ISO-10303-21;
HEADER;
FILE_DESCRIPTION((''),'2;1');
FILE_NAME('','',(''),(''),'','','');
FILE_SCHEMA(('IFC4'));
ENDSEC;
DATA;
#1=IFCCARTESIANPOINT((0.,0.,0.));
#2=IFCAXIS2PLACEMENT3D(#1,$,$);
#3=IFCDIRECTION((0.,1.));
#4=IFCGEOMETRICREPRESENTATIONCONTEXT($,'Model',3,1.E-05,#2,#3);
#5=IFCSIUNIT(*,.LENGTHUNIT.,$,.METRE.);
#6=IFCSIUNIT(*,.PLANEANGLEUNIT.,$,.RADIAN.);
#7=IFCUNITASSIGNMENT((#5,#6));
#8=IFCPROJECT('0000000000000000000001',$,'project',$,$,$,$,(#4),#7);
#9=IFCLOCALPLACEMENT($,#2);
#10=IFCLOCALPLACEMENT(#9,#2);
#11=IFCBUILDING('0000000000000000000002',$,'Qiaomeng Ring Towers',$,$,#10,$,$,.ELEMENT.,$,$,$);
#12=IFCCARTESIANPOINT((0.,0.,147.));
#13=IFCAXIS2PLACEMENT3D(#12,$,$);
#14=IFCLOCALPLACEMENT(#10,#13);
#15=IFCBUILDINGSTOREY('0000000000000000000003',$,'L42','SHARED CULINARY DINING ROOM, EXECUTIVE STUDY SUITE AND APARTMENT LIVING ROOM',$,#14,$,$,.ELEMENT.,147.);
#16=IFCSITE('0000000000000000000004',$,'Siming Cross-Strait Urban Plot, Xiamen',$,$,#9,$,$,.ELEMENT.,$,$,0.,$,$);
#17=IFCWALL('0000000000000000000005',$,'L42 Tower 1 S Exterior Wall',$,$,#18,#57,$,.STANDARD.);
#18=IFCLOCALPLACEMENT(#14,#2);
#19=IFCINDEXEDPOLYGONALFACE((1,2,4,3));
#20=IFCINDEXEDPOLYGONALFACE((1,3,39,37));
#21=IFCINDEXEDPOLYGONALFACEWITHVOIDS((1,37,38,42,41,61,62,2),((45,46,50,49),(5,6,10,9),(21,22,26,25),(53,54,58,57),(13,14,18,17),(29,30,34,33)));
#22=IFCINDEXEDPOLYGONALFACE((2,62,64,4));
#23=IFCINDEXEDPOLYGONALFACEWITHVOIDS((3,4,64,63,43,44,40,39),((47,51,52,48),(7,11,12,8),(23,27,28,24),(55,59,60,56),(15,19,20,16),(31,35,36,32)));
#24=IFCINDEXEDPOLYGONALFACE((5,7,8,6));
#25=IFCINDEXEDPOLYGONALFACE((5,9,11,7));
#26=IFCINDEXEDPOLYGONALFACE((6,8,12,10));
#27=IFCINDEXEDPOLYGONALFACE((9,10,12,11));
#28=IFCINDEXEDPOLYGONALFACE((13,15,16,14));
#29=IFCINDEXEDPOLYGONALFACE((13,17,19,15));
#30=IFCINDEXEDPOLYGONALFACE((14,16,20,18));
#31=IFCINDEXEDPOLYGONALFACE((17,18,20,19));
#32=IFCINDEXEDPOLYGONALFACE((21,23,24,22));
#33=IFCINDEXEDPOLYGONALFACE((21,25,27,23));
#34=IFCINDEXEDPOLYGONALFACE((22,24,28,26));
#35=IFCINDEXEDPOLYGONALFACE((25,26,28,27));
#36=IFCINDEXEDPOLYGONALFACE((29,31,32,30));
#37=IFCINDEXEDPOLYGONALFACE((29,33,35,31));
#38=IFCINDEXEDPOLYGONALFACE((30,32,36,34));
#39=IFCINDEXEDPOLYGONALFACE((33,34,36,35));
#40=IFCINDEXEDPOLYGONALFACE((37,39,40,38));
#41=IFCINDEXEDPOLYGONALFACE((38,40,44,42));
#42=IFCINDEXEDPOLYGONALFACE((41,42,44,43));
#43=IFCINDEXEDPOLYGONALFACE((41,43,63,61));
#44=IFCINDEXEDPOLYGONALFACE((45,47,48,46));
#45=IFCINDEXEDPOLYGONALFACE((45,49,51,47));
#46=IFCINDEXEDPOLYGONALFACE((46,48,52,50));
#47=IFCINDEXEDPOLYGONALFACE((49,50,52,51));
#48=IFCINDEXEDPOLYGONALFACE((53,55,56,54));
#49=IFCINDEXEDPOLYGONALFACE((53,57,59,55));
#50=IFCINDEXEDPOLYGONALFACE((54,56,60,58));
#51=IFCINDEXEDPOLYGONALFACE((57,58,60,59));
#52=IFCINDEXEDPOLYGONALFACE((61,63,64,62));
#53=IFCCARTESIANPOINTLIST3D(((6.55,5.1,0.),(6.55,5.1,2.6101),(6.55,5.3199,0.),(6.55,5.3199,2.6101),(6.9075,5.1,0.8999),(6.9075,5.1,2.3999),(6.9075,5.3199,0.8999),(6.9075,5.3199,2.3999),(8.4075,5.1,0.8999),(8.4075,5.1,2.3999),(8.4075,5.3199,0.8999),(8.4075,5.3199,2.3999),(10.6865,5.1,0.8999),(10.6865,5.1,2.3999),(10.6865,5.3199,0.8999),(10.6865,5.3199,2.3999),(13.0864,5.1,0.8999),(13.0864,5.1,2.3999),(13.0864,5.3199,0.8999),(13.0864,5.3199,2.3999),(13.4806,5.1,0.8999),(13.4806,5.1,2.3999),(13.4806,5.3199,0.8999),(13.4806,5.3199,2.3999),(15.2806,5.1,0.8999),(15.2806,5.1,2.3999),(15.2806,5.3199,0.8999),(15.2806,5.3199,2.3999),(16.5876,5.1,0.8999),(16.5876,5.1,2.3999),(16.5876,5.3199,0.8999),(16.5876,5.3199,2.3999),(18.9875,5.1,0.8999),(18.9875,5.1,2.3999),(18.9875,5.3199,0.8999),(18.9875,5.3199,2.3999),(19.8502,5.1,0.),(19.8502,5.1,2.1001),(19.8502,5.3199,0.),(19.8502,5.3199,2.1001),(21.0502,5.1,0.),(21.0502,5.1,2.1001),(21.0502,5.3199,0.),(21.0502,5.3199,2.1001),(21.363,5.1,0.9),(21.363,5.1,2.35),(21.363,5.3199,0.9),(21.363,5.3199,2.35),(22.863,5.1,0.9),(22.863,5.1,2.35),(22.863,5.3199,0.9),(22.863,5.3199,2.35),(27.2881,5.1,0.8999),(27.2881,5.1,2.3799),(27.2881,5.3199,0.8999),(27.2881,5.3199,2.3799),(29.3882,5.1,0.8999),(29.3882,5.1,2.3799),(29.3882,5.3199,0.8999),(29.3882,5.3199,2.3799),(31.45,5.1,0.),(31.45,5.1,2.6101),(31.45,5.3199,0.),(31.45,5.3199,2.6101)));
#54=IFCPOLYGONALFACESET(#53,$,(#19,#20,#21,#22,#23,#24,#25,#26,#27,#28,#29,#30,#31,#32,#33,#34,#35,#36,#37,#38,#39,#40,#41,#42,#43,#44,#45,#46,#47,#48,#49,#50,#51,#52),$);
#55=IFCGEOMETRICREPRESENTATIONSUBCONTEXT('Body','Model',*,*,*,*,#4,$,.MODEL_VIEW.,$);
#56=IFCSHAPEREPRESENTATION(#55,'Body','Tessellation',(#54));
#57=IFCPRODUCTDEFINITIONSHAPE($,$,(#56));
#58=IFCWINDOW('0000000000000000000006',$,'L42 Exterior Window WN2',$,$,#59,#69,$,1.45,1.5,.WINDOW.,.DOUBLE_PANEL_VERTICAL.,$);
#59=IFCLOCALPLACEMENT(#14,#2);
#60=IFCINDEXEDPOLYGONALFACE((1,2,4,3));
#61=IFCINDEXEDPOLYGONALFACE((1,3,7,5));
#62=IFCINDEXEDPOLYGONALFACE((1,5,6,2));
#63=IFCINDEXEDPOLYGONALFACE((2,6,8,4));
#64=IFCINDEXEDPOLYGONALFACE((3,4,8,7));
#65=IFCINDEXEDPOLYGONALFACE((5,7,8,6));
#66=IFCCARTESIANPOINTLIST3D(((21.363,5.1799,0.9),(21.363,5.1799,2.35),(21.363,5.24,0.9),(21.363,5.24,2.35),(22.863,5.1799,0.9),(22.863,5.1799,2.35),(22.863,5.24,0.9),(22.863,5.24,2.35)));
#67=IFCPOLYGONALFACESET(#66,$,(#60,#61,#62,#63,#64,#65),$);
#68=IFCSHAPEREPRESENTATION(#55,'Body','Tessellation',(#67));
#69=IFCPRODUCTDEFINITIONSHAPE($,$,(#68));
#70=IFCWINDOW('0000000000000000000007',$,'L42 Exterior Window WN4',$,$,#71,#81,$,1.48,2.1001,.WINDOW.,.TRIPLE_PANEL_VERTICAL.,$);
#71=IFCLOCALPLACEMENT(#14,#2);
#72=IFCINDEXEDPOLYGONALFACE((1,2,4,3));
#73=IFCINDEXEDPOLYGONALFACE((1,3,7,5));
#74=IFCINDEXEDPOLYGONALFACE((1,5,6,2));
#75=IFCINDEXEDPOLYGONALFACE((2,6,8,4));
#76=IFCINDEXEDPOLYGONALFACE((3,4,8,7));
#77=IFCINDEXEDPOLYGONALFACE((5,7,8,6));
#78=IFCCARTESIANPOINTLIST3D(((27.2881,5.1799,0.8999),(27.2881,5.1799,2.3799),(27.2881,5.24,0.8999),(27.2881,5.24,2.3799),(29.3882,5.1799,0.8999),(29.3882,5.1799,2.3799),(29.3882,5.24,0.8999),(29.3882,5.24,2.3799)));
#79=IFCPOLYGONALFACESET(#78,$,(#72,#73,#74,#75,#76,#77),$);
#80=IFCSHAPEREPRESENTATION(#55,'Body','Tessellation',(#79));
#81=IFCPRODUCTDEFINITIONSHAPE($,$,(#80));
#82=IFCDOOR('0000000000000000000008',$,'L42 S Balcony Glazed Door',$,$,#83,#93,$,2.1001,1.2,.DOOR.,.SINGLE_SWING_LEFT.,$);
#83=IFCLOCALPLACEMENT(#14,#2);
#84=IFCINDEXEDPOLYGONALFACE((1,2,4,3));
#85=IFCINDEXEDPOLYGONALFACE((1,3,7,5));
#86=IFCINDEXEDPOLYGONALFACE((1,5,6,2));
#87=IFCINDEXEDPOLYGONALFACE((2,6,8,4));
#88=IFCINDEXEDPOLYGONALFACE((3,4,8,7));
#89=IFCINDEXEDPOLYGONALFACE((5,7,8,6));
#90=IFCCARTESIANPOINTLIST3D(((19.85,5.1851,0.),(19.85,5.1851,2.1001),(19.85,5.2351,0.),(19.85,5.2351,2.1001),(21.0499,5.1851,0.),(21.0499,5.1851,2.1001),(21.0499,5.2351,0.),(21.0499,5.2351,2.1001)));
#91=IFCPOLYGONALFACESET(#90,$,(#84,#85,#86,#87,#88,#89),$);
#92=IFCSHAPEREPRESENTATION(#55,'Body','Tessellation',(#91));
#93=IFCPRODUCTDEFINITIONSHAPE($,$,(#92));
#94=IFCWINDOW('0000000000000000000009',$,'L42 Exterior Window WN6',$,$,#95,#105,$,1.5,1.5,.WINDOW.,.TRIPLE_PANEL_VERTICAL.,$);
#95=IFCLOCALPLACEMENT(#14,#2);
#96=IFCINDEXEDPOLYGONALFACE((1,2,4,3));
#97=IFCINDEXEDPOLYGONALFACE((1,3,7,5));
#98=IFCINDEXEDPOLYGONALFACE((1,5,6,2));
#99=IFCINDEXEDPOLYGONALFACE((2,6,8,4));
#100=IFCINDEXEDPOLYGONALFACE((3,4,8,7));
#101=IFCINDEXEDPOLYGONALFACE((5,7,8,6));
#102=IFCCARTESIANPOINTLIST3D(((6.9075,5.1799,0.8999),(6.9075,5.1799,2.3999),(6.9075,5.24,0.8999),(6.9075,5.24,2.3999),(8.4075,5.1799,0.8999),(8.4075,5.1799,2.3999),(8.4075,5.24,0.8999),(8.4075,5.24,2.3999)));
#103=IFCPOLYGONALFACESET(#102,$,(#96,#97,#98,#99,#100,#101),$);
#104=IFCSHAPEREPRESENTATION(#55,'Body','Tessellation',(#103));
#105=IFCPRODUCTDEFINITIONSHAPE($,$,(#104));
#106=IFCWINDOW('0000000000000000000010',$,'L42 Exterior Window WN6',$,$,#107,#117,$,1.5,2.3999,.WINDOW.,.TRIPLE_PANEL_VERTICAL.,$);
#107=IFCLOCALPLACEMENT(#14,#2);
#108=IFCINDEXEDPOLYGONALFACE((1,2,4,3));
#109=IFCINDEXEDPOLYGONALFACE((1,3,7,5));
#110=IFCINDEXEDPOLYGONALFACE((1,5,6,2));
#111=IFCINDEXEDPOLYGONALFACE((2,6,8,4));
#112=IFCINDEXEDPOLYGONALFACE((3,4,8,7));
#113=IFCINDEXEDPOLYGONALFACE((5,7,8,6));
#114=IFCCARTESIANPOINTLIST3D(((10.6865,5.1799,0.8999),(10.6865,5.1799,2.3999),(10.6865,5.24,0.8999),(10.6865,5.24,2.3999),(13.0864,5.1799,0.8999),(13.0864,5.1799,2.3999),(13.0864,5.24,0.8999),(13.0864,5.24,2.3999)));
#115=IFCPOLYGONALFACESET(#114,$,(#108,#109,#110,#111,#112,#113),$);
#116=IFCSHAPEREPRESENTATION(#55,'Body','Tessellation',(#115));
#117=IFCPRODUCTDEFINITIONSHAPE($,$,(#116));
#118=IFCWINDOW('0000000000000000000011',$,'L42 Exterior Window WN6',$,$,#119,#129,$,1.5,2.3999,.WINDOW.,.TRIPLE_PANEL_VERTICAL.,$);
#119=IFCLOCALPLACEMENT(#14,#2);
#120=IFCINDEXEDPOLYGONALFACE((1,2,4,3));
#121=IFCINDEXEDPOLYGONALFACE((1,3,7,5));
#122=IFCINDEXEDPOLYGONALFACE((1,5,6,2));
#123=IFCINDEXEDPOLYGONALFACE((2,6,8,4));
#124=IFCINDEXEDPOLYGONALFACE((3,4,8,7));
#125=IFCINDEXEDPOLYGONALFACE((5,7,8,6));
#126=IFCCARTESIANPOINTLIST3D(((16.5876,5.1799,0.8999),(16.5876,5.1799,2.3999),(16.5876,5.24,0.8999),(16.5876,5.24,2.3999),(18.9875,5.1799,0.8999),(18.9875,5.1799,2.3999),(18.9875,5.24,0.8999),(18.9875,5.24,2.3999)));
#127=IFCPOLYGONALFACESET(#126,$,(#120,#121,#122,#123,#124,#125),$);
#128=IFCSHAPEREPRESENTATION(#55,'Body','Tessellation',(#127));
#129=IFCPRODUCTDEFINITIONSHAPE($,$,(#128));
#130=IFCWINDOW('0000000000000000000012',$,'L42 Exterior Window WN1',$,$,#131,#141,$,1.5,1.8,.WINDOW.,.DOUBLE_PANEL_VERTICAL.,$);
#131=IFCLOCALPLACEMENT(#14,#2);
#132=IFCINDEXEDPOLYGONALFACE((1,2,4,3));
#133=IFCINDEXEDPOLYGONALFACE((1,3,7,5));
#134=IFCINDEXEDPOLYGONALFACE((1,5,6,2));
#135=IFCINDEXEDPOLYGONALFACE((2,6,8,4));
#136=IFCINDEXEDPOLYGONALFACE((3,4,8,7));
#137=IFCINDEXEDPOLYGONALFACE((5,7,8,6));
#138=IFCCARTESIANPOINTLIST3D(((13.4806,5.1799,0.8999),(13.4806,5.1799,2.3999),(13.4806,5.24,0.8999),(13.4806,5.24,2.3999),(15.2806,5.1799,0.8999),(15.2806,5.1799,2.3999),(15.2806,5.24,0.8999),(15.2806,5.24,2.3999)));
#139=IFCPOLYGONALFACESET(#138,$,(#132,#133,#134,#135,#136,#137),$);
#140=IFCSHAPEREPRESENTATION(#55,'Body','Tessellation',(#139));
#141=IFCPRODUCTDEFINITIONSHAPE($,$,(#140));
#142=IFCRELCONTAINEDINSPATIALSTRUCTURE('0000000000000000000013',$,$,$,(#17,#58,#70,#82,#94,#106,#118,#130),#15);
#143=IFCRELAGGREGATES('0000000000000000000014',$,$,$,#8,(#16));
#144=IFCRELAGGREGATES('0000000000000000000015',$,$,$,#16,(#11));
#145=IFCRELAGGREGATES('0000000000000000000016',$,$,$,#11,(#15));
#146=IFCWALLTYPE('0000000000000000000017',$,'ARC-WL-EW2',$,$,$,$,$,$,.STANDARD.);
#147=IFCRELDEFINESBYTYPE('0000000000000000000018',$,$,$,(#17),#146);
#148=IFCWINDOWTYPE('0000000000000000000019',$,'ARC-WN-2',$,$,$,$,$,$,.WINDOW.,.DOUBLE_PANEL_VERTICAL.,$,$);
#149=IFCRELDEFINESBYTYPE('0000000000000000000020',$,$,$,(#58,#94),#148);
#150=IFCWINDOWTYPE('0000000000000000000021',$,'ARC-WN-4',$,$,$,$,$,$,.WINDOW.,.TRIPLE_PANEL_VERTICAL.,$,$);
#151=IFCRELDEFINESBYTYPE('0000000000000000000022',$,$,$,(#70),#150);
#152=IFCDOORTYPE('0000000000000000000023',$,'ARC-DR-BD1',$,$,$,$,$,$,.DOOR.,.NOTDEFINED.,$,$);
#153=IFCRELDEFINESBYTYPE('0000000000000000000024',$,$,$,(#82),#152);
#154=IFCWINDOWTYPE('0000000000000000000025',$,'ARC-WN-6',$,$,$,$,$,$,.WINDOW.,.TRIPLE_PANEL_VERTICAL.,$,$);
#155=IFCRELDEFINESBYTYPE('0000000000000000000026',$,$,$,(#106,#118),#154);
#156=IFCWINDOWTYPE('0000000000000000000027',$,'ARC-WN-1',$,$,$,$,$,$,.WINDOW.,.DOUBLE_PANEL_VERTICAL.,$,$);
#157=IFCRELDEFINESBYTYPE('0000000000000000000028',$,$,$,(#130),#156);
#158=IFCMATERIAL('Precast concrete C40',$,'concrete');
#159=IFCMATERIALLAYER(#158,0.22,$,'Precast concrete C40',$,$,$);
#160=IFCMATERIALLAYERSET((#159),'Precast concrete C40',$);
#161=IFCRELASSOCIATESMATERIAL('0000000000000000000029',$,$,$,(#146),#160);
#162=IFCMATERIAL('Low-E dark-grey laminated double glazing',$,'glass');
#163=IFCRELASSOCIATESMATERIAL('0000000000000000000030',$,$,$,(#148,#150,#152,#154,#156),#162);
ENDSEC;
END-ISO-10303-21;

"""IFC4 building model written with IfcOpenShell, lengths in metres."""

from ifc_helpers import new_model, si_unit, direction, frame, frame_2d, origin, place, context, subcontext, project, spatial, rectangle, extrude, source, transform, mapped, material, layer, layer_set, type_object, element, fill, save


model = new_model("IFC4")

# Units and contexts
model_context = context("Model", 3, precision=1e-05, world=origin(), true_north=direction((0.0, 1.0)))
body_context = subcontext(model_context, "Body", "Model", "MODEL_VIEW")
ifc_project = project(units=[si_unit("LENGTHUNIT", "METRE"), si_unit("PLANEANGLEUNIT", "RADIAN")], contexts=[model_context])

# Site, building, storey
site_placement = place(None, origin())
site = spatial("IfcSite", under=ifc_project, at=site_placement, Name="Siming Cross-Strait Urban Plot, Xiamen", CompositionType="ELEMENT", RefElevation=0.0)
building_placement = place(site_placement, origin())
building = spatial("IfcBuilding", under=site, at=building_placement, Name="Qiaomeng Ring Towers", CompositionType="ELEMENT")
storey_placement = place(building_placement, frame((0.0, 0.0, 147.0)))
storey = spatial("IfcBuildingStorey", under=building, at=storey_placement, Name="L42", Description="SHARED CULINARY DINING ROOM, EXECUTIVE STUDY SUITE AND APARTMENT LIVING ROOM", CompositionType="ELEMENT", Elevation=147.0)

# Shared definitions
ifc_material_1 = material(Name="Low-E dark-grey laminated double glazing", Category="glass")

# Wall, openings, windows, door
ifc_material_2 = material(Name="Precast concrete C40", Category="concrete")
ifc_layer_1 = layer(ifc_material_2, 0.22, Name="Precast concrete C40")
ifc_layer_set_1 = layer_set([ifc_layer_1], Name="Precast concrete C40")
wall_type_1 = type_object("IfcWallType", Name="ARC-WL-EW2", PredefinedType="STANDARD", material=ifc_layer_set_1)
wall_1_placement = place(storey_placement, frame((6.55, 5.21, 0.0), z_axis=(0.0, 0.0, 1.0), x_axis=(1.0, 0.0, 0.0)))
wall_1 = element("IfcWall", 1, at=wall_1_placement, inside=storey, type_object=wall_type_1, Name="L42 Tower 1 S Exterior Wall", PredefinedType="STANDARD", context=body_context, shape_type="SweptSolid", body=[
    extrude(rectangle(XDim=24.8999, YDim=0.22, at=frame_2d((12.45, 0.0))), origin(), (0.0, 0.0, 1.0), 2.6101),
])
opening_1_placement = place(wall_1_placement, frame((13.3, 0.0, 0.0)))
opening_1 = element("IfcOpeningElement", 2, at=opening_1_placement, cuts=wall_1, PredefinedType="OPENING", context=body_context, shape_type="SweptSolid", body=[
    extrude(rectangle(XDim=1.2, YDim=2.1001, at=frame_2d((0.6001, 1.05))), frame((0.0, 0.1199, 0.0), z_axis=(0.0, -1.0, 0.0), x_axis=(1.0, 0.0, 0.0)), (0.0, 0.0, 1.0), 0.24),
])
opening_2_placement = place(wall_1_placement, frame((0.3574, 0.0, 0.8999)))
opening_2 = element("IfcOpeningElement", 3, at=opening_2_placement, cuts=wall_1, PredefinedType="OPENING", context=body_context, shape_type="SweptSolid", body=[
    extrude(rectangle(XDim=1.5, YDim=1.5, at=frame_2d((0.75, 0.75))), frame((0.0, 0.1199, 0.0), z_axis=(0.0, -1.0, 0.0), x_axis=(1.0, 0.0, 0.0)), (0.0, 0.0, 1.0), 0.24),
])
opening_3_placement = place(wall_1_placement, frame((6.9307, 0.0, 0.8999)))
opening_3 = element("IfcOpeningElement", 4, at=opening_3_placement, cuts=wall_1, PredefinedType="OPENING", context=body_context, shape_type="SweptSolid", body=[
    extrude(rectangle(XDim=1.8, YDim=1.5, at=frame_2d((0.8999, 0.75))), frame((0.0, 0.1199, 0.0), z_axis=(0.0, -1.0, 0.0), x_axis=(1.0, 0.0, 0.0)), (0.0, 0.0, 1.0), 0.24),
])
opening_4_placement = place(wall_1_placement, frame((14.813, 0.0, 0.8999)))
opening_4 = element("IfcOpeningElement", 5, at=opening_4_placement, cuts=wall_1, PredefinedType="OPENING", context=body_context, shape_type="SweptSolid", body=[
    extrude(rectangle(XDim=1.5, YDim=1.45, at=frame_2d((0.75, 0.7251))), frame((0.0, 0.1199, 0.0), z_axis=(0.0, -1.0, 0.0), x_axis=(1.0, 0.0, 0.0)), (0.0, 0.0, 1.0), 0.24),
])
opening_5_placement = place(wall_1_placement, frame((20.738, 0.0, 0.8999)))
opening_5 = element("IfcOpeningElement", 6, at=opening_5_placement, cuts=wall_1, PredefinedType="OPENING", context=body_context, shape_type="SweptSolid", body=[
    extrude(rectangle(XDim=2.1001, YDim=1.48, at=frame_2d((1.05, 0.74))), frame((0.0, 0.1199, 0.0), z_axis=(0.0, -1.0, 0.0), x_axis=(1.0, 0.0, 0.0)), (0.0, 0.0, 1.0), 0.24),
])
opening_6_placement = place(wall_1_placement, frame((4.1365, 0.0, 0.8999)))
opening_6 = element("IfcOpeningElement", 7, at=opening_6_placement, cuts=wall_1, PredefinedType="OPENING", context=body_context, shape_type="SweptSolid", body=[
    extrude(rectangle(XDim=2.3999, YDim=1.5, at=frame_2d((1.2, 0.75))), frame((0.0, 0.1199, 0.0), z_axis=(0.0, -1.0, 0.0), x_axis=(1.0, 0.0, 0.0)), (0.0, 0.0, 1.0), 0.24),
])
opening_7_placement = place(wall_1_placement, frame((10.0376, 0.0, 0.8999)))
opening_7 = element("IfcOpeningElement", 8, at=opening_7_placement, cuts=wall_1, PredefinedType="OPENING", context=body_context, shape_type="SweptSolid", body=[
    extrude(rectangle(XDim=2.3999, YDim=1.5, at=frame_2d((1.2, 0.75))), frame((0.0, 0.1199, 0.0), z_axis=(0.0, -1.0, 0.0), x_axis=(1.0, 0.0, 0.0)), (0.0, 0.0, 1.0), 0.24),
])
window_type_1 = type_object("IfcWindowType", Name="ARC-WN-2", PartitioningType="DOUBLE_PANEL_VERTICAL", PredefinedType="WINDOW", material=ifc_material_1)
shared_shape_1 = source(origin(), body_context, "Body", "SweptSolid", [
    extrude(rectangle(XDim=1.5, YDim=1.45, at=frame_2d((0.75, 0.7251))), frame((0.0, 0.03, 0.0), z_axis=(0.0, -1.0, 0.0), x_axis=(1.0, 0.0, 0.0)), (0.0, 0.0, 1.0), 0.0601),
])
window_1_placement = place(opening_4_placement, origin())
window_1 = element("IfcWindow", 9, at=window_1_placement, inside=storey, type_object=window_type_1, Name="L42 Exterior Window WN2", OverallHeight=1.45, OverallWidth=1.5, PartitioningType="DOUBLE_PANEL_VERTICAL", PredefinedType="WINDOW", context=body_context, shape_type="MappedRepresentation", body=[
    mapped(shared_shape_1, transform((0.0, 0.0, 0.0), x_axis=(1.0, 0.0, 0.0), y_axis=(0.0, 1.0, 0.0), z_axis=(0.0, 0.0, 1.0), scale=1.0)),
])
fill(opening_4, window_1)
window_type_2 = type_object("IfcWindowType", Name="ARC-WN-4", PartitioningType="TRIPLE_PANEL_VERTICAL", PredefinedType="WINDOW", material=ifc_material_1)
shared_shape_2 = source(origin(), body_context, "Body", "SweptSolid", [
    extrude(rectangle(XDim=2.1001, YDim=1.48, at=frame_2d((1.05, 0.74))), frame((0.0, 0.03, 0.0), z_axis=(0.0, -1.0, 0.0), x_axis=(1.0, 0.0, 0.0)), (0.0, 0.0, 1.0), 0.0601),
])
window_2_placement = place(opening_5_placement, origin())
window_2 = element("IfcWindow", 10, at=window_2_placement, inside=storey, type_object=window_type_2, Name="L42 Exterior Window WN4", OverallHeight=1.48, OverallWidth=2.1001, PartitioningType="TRIPLE_PANEL_VERTICAL", PredefinedType="WINDOW", context=body_context, shape_type="MappedRepresentation", body=[
    mapped(shared_shape_2, transform((0.0, 0.0, 0.0), x_axis=(1.0, 0.0, 0.0), y_axis=(0.0, 1.0, 0.0), z_axis=(0.0, 0.0, 1.0), scale=1.0)),
])
fill(opening_5, window_2)
door_type = type_object("IfcDoorType", Name="ARC-DR-BD1", OperationType="NOTDEFINED", PredefinedType="DOOR", material=ifc_material_1)
shared_shape_3 = source(origin(), body_context, "Body", "SweptSolid", [
    extrude(rectangle(XDim=1.2, YDim=2.1001, at=frame_2d((0.6001, 1.05))), frame((0.0, 0.0249, 0.0), z_axis=(0.0, -1.0, 0.0), x_axis=(1.0, 0.0, 0.0)), (0.0, 0.0, 1.0), 0.05),
])
door_placement = place(opening_1_placement, frame((1.2, 0.0, 0.0), z_axis=(0.0, 0.0, 1.0), x_axis=(-1.0, 0.0, 0.0)))
door = element("IfcDoor", 11, at=door_placement, inside=storey, type_object=door_type, Name="L42 S Balcony Glazed Door", OperationType="SINGLE_SWING_LEFT", OverallHeight=2.1001, OverallWidth=1.2, PredefinedType="DOOR", context=body_context, shape_type="MappedRepresentation", body=[
    mapped(shared_shape_3, transform((0.0, 0.0, 0.0), x_axis=(1.0, 0.0, 0.0), y_axis=(0.0, 1.0, 0.0), z_axis=(0.0, 0.0, 1.0), scale=1.0)),
])
fill(opening_1, door)
shared_shape_4 = source(origin(), body_context, "Body", "SweptSolid", [
    extrude(rectangle(XDim=1.5, YDim=1.5, at=frame_2d((0.75, 0.75))), frame((0.0, 0.03, 0.0), z_axis=(0.0, -1.0, 0.0), x_axis=(1.0, 0.0, 0.0)), (0.0, 0.0, 1.0), 0.0601),
])
window_3_placement = place(opening_2_placement, origin())
window_3 = element("IfcWindow", 12, at=window_3_placement, inside=storey, type_object=window_type_1, Name="L42 Exterior Window WN6", OverallHeight=1.5, OverallWidth=1.5, PartitioningType="TRIPLE_PANEL_VERTICAL", PredefinedType="WINDOW", context=body_context, shape_type="MappedRepresentation", body=[
    mapped(shared_shape_4, transform((0.0, 0.0, 0.0), x_axis=(1.0, 0.0, 0.0), y_axis=(0.0, 1.0, 0.0), z_axis=(0.0, 0.0, 1.0), scale=1.0)),
])
fill(opening_2, window_3)
window_type_3 = type_object("IfcWindowType", Name="ARC-WN-6", PartitioningType="TRIPLE_PANEL_VERTICAL", PredefinedType="WINDOW", material=ifc_material_1)
shared_shape_5 = source(origin(), body_context, "Body", "SweptSolid", [
    extrude(rectangle(XDim=2.3999, YDim=1.5, at=frame_2d((1.2, 0.75))), frame((0.0, 0.03, 0.0), z_axis=(0.0, -1.0, 0.0), x_axis=(1.0, 0.0, 0.0)), (0.0, 0.0, 1.0), 0.0601),
])
window_4_placement = place(opening_6_placement, origin())
window_4 = element("IfcWindow", 13, at=window_4_placement, inside=storey, type_object=window_type_3, Name="L42 Exterior Window WN6", OverallHeight=1.5, OverallWidth=2.3999, PartitioningType="TRIPLE_PANEL_VERTICAL", PredefinedType="WINDOW", context=body_context, shape_type="MappedRepresentation", body=[
    mapped(shared_shape_5, transform((0.0, 0.0, 0.0), x_axis=(1.0, 0.0, 0.0), y_axis=(0.0, 1.0, 0.0), z_axis=(0.0, 0.0, 1.0), scale=1.0)),
])
fill(opening_6, window_4)
window_5_placement = place(opening_7_placement, origin())
window_5 = element("IfcWindow", 14, at=window_5_placement, inside=storey, type_object=window_type_3, Name="L42 Exterior Window WN6", OverallHeight=1.5, OverallWidth=2.3999, PartitioningType="TRIPLE_PANEL_VERTICAL", PredefinedType="WINDOW", context=body_context, shape_type="MappedRepresentation", body=[
    mapped(shared_shape_5, transform((0.0, 0.0, 0.0), x_axis=(1.0, 0.0, 0.0), y_axis=(0.0, 1.0, 0.0), z_axis=(0.0, 0.0, 1.0), scale=1.0)),
])
fill(opening_7, window_5)
window_type_4 = type_object("IfcWindowType", Name="ARC-WN-1", PartitioningType="DOUBLE_PANEL_VERTICAL", PredefinedType="WINDOW", material=ifc_material_1)
shared_shape_6 = source(origin(), body_context, "Body", "SweptSolid", [
    extrude(rectangle(XDim=1.8, YDim=1.5, at=frame_2d((0.8999, 0.75))), frame((0.0, 0.03, 0.0), z_axis=(0.0, -1.0, 0.0), x_axis=(1.0, 0.0, 0.0)), (0.0, 0.0, 1.0), 0.0601),
])
window_6_placement = place(opening_3_placement, origin())
window_6 = element("IfcWindow", 15, at=window_6_placement, inside=storey, type_object=window_type_4, Name="L42 Exterior Window WN1", OverallHeight=1.5, OverallWidth=1.8, PartitioningType="DOUBLE_PANEL_VERTICAL", PredefinedType="WINDOW", context=body_context, shape_type="MappedRepresentation", body=[
    mapped(shared_shape_6, transform((0.0, 0.0, 0.0), x_axis=(1.0, 0.0, 0.0), y_axis=(0.0, 1.0, 0.0), z_axis=(0.0, 0.0, 1.0), scale=1.0)),
])
fill(opening_3, window_6)

save(model, "model.ifc")
